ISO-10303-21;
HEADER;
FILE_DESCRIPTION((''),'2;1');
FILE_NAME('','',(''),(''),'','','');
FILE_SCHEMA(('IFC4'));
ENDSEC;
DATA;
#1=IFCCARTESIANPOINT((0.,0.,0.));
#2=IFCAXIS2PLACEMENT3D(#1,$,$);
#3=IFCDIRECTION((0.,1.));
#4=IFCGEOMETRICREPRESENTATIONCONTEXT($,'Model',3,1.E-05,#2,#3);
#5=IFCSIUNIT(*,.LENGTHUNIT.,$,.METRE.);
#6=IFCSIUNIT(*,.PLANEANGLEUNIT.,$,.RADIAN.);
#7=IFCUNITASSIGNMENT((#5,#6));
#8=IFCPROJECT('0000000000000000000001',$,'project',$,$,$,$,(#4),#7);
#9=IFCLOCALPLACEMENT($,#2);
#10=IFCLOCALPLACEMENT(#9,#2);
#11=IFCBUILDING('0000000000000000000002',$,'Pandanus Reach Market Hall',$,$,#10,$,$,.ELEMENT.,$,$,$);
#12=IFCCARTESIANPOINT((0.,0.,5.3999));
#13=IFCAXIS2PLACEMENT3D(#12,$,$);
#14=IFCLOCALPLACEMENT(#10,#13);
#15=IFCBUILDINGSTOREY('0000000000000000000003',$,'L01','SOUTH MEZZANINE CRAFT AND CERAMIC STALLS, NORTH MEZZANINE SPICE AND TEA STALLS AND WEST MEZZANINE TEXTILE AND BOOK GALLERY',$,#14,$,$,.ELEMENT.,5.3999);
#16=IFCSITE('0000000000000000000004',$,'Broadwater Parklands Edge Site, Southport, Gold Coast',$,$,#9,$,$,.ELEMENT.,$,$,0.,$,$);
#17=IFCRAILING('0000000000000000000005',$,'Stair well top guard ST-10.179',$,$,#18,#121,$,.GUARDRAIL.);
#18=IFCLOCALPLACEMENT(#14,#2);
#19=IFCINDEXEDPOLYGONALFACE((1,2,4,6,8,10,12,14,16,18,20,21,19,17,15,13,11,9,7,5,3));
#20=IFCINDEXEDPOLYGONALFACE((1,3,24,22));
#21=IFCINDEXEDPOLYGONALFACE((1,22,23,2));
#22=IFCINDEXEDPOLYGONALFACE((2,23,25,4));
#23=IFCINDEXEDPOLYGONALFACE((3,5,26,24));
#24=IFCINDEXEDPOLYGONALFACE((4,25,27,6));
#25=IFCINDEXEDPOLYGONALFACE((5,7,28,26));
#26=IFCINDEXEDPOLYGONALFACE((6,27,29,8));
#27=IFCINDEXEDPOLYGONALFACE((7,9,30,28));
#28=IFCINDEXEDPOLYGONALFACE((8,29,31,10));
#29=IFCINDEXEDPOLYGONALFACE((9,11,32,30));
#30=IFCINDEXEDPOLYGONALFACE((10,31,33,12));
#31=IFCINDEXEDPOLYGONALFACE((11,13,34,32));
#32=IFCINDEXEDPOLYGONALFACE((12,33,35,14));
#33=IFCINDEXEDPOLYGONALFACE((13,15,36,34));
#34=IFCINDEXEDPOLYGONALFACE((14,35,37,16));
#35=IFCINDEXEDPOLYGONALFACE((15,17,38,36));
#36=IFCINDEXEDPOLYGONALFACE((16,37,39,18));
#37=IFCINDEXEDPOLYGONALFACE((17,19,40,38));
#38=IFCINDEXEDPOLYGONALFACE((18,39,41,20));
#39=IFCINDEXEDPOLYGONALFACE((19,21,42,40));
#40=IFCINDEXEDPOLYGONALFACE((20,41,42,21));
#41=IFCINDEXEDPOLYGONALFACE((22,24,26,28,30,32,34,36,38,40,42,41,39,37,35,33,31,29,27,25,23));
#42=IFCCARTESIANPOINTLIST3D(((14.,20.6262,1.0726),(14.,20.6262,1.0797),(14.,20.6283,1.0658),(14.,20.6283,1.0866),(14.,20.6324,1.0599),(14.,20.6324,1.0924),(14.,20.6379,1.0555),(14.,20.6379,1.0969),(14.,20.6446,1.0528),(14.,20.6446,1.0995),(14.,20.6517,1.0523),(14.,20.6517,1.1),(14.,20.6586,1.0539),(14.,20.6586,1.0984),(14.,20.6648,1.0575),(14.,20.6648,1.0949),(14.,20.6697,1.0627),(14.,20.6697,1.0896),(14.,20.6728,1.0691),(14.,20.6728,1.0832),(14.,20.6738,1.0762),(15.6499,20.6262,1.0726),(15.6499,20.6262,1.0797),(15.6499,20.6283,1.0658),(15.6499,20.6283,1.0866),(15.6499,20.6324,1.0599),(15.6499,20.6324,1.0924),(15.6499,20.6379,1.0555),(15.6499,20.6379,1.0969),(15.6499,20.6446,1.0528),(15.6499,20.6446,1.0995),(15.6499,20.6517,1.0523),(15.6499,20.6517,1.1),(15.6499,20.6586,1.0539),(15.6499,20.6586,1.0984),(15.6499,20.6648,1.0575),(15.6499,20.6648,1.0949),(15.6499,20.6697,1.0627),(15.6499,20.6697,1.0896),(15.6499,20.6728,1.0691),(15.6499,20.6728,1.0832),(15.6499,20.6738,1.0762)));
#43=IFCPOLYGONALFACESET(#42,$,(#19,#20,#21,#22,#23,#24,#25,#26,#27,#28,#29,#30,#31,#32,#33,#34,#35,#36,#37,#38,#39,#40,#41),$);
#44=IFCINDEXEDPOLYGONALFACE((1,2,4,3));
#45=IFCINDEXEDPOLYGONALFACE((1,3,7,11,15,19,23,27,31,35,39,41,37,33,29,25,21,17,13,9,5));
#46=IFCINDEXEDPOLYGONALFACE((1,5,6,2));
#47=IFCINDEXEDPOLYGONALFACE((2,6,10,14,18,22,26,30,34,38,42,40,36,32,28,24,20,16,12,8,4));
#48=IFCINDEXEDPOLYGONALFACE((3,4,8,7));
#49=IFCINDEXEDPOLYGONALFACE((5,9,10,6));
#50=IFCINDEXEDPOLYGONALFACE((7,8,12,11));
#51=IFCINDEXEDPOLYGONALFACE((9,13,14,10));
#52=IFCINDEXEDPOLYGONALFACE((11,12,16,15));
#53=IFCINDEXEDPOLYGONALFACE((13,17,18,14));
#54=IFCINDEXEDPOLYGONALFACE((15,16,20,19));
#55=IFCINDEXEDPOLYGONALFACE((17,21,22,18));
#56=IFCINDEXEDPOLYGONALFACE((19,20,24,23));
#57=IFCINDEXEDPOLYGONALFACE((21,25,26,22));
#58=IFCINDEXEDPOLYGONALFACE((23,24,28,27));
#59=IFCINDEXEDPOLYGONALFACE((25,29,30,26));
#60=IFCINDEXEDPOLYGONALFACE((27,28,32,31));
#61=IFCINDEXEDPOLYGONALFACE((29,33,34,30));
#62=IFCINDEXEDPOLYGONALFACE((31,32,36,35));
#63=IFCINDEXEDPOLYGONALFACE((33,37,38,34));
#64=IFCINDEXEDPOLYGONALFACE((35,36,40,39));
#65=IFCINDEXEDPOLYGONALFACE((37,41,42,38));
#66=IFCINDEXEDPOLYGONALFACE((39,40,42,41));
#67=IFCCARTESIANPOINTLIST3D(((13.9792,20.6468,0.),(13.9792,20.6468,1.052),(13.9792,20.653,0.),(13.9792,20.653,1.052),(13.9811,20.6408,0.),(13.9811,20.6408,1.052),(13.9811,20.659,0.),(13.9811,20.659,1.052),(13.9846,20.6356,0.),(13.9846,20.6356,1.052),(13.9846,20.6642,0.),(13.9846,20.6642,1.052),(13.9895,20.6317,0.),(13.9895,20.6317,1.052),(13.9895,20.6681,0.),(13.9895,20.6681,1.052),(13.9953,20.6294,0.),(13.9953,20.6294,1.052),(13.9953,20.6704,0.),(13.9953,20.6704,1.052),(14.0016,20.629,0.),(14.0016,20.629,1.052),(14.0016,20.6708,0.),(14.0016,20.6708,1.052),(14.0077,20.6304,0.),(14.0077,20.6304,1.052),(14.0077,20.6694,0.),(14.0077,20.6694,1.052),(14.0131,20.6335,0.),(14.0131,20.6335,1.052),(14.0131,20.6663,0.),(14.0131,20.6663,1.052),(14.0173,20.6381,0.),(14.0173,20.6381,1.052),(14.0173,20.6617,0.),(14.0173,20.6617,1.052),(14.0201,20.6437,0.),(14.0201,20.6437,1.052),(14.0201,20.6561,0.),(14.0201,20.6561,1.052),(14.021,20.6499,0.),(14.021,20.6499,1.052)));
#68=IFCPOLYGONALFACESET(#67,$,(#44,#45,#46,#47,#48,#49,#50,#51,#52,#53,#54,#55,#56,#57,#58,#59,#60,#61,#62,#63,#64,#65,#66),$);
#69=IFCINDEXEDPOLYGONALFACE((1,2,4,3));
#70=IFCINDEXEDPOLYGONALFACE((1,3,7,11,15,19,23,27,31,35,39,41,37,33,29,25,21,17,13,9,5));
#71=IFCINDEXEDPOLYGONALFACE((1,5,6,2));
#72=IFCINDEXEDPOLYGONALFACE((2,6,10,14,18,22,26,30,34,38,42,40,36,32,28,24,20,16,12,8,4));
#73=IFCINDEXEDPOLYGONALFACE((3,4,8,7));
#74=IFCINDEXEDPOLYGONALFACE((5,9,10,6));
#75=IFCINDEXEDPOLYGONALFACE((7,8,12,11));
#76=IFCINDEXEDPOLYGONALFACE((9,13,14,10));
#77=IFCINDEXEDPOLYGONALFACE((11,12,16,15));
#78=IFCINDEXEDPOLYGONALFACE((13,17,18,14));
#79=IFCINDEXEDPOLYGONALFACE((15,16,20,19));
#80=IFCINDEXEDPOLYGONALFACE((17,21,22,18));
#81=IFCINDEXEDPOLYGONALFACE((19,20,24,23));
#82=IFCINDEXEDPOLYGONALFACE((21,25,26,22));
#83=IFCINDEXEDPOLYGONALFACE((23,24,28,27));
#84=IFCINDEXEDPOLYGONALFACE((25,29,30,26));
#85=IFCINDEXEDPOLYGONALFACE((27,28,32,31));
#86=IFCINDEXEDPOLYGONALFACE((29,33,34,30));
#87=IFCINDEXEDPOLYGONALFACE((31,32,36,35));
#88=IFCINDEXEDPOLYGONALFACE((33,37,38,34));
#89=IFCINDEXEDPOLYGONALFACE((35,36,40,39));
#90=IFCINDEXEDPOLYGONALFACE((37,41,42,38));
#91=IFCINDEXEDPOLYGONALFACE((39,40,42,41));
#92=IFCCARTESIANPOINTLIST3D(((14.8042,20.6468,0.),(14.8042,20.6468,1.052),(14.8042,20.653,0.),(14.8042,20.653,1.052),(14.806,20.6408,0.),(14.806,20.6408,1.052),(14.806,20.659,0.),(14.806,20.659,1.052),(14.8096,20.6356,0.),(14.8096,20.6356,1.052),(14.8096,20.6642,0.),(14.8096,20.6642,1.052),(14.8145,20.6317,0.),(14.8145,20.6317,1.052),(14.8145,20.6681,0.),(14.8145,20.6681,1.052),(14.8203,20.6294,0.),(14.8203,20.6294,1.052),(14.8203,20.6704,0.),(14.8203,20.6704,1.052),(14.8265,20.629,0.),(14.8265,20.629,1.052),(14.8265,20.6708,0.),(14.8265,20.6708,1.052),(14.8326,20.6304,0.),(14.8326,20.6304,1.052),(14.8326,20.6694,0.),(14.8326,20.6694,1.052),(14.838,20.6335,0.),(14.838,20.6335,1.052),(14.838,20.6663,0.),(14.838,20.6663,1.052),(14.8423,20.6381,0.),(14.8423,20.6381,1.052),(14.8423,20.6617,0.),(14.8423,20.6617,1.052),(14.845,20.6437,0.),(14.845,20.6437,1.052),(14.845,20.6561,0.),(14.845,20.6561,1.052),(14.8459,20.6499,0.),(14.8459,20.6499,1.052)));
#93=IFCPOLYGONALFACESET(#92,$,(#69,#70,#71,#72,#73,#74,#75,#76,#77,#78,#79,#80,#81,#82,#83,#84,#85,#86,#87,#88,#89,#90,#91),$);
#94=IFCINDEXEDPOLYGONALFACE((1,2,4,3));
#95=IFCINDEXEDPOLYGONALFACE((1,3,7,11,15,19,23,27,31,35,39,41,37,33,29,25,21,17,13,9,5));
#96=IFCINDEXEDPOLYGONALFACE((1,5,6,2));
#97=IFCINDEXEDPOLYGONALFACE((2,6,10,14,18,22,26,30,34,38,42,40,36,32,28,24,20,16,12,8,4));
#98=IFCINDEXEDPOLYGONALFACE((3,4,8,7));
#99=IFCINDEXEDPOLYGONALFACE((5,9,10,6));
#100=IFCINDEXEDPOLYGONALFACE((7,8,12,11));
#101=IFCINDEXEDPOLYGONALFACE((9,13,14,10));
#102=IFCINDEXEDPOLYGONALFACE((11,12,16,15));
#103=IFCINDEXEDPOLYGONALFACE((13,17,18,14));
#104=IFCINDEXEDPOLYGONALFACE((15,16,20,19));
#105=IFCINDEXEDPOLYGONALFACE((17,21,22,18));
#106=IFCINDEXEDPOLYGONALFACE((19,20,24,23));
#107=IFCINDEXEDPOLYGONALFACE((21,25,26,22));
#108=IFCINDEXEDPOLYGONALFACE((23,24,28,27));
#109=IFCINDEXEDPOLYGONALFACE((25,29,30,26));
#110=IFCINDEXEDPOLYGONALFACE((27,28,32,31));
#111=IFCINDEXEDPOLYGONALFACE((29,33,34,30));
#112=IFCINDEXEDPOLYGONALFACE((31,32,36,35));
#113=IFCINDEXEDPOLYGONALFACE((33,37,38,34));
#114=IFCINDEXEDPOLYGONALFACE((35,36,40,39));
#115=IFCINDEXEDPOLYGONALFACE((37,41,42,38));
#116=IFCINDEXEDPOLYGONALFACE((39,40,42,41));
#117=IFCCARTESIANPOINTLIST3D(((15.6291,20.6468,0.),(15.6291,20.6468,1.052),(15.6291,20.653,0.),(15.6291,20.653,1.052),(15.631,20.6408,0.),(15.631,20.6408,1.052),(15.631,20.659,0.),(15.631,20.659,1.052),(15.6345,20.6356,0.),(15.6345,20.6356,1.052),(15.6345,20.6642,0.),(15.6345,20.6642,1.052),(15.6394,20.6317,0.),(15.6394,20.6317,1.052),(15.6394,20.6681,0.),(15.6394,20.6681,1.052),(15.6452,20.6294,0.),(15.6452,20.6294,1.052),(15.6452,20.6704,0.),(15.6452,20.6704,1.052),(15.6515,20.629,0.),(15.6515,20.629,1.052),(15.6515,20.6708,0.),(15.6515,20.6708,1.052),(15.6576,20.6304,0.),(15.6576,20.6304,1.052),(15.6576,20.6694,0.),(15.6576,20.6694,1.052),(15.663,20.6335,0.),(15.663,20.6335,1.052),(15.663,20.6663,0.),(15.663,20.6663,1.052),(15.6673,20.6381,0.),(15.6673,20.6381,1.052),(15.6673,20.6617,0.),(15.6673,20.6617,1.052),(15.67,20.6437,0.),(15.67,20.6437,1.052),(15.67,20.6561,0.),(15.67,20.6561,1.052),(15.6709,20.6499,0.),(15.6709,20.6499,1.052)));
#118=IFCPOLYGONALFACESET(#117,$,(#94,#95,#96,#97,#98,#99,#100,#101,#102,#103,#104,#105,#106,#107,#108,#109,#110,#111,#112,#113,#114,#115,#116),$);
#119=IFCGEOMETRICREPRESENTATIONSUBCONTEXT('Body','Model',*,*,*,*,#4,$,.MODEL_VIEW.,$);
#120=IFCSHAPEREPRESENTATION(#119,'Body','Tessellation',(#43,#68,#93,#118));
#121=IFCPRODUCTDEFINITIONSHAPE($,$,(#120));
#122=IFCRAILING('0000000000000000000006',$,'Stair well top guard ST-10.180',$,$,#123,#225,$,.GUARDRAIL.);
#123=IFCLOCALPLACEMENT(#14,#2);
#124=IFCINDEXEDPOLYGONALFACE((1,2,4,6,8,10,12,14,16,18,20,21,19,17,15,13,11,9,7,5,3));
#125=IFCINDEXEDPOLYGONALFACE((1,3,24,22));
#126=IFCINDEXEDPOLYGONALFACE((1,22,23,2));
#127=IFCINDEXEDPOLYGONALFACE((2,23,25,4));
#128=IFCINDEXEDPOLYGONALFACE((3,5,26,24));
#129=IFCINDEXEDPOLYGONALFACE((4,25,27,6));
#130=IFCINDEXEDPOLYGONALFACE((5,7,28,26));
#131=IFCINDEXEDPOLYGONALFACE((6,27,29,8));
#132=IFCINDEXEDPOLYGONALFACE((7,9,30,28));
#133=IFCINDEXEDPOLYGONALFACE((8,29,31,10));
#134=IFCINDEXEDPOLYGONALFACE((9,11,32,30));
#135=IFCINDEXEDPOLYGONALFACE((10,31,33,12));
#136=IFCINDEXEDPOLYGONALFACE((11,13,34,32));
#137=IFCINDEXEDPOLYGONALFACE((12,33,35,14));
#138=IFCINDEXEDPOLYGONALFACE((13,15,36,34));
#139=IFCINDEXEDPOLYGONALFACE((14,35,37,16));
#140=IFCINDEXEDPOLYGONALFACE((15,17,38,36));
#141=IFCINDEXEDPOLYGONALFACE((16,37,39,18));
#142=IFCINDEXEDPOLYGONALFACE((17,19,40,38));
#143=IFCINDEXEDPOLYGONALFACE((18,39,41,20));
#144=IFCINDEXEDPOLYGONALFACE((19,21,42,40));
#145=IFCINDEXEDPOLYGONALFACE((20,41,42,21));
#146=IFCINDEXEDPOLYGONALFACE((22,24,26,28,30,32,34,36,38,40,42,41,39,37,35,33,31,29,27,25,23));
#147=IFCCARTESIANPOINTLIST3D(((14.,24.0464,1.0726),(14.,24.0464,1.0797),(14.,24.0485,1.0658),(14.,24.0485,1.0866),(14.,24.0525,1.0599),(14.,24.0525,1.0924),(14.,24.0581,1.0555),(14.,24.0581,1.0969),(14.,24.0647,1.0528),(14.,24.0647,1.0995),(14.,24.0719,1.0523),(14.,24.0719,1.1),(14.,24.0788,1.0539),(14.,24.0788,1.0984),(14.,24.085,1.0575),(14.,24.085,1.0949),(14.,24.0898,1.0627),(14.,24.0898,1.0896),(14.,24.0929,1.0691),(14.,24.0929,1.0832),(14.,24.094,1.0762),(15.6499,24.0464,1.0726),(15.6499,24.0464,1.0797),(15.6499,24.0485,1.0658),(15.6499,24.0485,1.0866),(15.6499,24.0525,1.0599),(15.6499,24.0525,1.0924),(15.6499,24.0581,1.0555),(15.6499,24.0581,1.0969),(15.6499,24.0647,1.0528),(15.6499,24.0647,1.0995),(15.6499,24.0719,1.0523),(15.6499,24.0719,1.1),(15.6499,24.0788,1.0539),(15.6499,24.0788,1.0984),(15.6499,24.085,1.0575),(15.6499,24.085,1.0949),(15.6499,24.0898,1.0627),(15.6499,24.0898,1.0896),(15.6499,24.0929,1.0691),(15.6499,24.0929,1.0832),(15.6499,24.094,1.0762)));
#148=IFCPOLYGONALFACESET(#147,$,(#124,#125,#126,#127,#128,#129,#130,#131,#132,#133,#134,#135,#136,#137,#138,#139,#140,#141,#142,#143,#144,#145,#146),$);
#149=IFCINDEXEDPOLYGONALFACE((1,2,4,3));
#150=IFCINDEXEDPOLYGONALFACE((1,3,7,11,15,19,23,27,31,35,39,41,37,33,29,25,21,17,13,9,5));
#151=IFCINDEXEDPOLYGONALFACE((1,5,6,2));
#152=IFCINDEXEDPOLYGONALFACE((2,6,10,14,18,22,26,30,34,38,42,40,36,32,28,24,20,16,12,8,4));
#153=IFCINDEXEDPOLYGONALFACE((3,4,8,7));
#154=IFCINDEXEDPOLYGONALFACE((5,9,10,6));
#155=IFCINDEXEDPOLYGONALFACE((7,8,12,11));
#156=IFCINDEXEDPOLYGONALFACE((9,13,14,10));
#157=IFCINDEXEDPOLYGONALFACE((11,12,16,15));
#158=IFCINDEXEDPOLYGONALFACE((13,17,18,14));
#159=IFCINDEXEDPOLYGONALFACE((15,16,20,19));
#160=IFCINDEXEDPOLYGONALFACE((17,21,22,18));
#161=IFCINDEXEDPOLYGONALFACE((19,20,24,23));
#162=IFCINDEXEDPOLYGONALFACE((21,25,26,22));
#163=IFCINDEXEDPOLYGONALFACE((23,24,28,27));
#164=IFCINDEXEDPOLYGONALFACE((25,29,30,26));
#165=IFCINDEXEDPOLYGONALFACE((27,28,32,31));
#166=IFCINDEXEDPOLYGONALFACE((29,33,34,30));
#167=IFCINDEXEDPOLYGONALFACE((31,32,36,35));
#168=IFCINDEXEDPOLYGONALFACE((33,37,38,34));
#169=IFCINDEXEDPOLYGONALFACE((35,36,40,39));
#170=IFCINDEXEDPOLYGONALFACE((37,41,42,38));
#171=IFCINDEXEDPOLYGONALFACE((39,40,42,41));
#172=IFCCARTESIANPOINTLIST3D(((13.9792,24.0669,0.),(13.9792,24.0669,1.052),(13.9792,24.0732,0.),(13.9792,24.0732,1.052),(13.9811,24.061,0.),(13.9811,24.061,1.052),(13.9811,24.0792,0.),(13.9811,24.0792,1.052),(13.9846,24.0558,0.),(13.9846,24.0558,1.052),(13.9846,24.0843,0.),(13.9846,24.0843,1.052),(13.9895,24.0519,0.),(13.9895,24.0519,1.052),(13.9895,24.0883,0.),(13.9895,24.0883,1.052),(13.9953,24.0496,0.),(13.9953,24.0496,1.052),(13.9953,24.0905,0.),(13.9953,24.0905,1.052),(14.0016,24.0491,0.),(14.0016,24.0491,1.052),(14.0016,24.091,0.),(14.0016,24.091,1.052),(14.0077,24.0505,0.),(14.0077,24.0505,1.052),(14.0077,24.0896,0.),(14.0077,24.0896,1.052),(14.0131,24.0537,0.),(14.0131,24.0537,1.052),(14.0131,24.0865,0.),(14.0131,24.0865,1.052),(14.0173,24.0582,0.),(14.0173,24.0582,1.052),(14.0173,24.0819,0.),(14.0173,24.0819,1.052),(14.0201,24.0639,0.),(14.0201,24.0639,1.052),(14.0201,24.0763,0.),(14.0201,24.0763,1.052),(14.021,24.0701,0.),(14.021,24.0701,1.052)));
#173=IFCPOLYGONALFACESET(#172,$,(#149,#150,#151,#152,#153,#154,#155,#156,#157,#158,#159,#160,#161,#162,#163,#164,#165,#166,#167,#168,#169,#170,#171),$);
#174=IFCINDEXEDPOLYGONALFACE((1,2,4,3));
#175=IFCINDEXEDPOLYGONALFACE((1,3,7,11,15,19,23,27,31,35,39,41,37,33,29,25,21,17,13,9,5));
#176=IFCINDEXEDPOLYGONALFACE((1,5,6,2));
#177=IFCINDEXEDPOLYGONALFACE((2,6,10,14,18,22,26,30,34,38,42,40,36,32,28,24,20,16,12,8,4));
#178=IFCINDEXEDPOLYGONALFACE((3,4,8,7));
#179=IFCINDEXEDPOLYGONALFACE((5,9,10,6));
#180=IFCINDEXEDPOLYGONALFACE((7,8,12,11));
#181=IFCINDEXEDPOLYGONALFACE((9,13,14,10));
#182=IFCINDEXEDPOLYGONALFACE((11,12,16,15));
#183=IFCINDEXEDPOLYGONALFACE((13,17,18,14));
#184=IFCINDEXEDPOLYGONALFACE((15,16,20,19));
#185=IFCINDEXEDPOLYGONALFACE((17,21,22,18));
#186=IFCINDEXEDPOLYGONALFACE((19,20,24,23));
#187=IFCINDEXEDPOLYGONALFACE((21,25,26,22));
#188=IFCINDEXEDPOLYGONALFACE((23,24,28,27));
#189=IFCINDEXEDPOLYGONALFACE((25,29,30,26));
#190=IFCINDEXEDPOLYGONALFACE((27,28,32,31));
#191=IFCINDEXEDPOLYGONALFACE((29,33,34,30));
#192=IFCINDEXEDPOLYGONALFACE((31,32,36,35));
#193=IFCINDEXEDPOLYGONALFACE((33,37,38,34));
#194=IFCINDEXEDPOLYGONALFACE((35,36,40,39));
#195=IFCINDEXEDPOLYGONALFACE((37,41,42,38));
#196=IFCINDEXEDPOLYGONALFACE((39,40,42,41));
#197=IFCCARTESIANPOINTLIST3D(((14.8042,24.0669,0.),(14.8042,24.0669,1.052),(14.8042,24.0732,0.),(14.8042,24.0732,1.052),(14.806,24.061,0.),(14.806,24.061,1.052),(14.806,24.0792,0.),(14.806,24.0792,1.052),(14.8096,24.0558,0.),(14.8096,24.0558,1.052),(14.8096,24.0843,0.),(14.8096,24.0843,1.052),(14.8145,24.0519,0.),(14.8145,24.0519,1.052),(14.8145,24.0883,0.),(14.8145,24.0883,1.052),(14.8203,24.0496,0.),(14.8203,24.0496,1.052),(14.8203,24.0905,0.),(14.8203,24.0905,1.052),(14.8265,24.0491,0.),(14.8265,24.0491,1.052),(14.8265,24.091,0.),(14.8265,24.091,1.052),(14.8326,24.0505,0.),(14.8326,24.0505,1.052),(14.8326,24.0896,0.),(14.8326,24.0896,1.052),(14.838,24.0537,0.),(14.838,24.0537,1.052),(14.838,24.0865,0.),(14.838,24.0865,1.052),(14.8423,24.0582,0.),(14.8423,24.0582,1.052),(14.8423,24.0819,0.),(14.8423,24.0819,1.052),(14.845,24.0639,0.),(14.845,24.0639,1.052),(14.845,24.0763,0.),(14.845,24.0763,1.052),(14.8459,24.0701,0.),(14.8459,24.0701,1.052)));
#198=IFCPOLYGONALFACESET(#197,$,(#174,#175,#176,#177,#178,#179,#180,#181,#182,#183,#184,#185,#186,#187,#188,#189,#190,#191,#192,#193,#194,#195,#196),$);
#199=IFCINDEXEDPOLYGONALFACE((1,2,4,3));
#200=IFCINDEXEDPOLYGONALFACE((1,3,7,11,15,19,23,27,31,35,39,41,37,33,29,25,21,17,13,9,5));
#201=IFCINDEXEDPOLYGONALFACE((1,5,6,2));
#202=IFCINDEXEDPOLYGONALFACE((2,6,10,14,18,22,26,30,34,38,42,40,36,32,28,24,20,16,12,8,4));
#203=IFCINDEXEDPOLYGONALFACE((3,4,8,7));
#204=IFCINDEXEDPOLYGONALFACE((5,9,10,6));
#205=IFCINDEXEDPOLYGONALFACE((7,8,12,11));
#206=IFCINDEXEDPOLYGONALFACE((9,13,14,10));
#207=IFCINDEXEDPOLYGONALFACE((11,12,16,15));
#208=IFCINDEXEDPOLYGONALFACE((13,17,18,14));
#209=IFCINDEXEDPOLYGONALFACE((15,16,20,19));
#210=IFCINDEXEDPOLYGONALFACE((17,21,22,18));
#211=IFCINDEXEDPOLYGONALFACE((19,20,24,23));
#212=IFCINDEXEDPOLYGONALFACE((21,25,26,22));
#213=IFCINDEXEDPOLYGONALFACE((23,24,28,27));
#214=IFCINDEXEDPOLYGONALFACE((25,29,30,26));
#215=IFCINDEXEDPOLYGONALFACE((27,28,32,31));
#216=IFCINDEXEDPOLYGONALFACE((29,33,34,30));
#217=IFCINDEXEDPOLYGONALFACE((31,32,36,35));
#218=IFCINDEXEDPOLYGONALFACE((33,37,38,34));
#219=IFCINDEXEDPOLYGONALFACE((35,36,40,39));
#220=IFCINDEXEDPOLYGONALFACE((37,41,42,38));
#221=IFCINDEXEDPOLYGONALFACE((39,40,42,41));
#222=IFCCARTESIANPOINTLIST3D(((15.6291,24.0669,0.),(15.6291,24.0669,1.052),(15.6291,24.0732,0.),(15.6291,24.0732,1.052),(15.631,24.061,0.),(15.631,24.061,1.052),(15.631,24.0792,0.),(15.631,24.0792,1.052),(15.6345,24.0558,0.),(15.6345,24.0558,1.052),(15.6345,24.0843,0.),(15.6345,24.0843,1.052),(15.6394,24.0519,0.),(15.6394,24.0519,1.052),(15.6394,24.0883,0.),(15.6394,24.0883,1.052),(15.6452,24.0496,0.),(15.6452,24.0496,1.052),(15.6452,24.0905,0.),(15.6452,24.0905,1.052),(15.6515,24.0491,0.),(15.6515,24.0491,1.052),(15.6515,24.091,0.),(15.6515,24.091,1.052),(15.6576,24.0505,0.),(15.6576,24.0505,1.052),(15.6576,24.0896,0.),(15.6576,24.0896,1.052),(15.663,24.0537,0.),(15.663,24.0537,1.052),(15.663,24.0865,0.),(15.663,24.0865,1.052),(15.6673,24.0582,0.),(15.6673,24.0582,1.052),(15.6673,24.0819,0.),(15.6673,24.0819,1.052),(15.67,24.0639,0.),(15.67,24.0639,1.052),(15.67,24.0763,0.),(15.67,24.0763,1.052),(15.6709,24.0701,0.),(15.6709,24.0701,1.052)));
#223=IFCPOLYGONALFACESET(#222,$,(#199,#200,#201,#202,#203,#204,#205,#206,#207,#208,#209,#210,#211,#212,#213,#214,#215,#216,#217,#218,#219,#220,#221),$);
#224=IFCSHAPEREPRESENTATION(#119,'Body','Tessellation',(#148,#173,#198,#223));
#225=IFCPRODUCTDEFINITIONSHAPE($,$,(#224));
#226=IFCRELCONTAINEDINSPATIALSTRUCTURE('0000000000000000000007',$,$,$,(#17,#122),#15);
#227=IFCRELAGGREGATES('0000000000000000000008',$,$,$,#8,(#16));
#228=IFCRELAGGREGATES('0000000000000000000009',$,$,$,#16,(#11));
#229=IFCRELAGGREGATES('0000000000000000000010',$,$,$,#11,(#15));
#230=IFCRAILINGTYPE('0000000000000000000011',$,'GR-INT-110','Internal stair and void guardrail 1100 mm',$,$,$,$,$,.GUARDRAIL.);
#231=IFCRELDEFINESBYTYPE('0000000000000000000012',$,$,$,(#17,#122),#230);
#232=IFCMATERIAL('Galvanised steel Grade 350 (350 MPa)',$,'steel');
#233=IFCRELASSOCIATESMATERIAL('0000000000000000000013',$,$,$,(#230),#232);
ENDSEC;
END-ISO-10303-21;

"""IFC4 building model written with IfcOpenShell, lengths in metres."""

from ifc_helpers import new_model, si_unit, direction, frame, origin, origin_2d, place, context, subcontext, project, spatial, circle, extrude, material, type_object, element, save


model = new_model("IFC4")

# Units and contexts
model_context = context("Model", 3, precision=1e-05, world=origin(), true_north=direction((0.0, 1.0)))
body_context = subcontext(model_context, "Body", "Model", "MODEL_VIEW")
ifc_project = project(units=[si_unit("LENGTHUNIT", "METRE"), si_unit("PLANEANGLEUNIT", "RADIAN")], contexts=[model_context])

# Site, building, storey
site_placement = place(None, origin())
site = spatial("IfcSite", under=ifc_project, at=site_placement, Name="Broadwater Parklands Edge Site, Southport, Gold Coast", CompositionType="ELEMENT", RefElevation=0.0)
building_placement = place(site_placement, origin())
building = spatial("IfcBuilding", under=site, at=building_placement, Name="Pandanus Reach Market Hall", CompositionType="ELEMENT")
storey_placement = place(building_placement, frame((0.0, 0.0, 5.3999)))
storey = spatial("IfcBuildingStorey", under=building, at=storey_placement, Name="L01", Description="SOUTH MEZZANINE CRAFT AND CERAMIC STALLS, NORTH MEZZANINE SPICE AND TEA STALLS AND WEST MEZZANINE TEXTILE AND BOOK GALLERY", CompositionType="ELEMENT", Elevation=5.3999)

# Railings
ifc_material_1 = material(Name="Galvanised steel Grade 350 (350 MPa)", Category="steel")
railing_type = type_object("IfcRailingType", Name="GR-INT-110", Description="Internal stair and void guardrail 1100 mm", PredefinedType="GUARDRAIL", material=ifc_material_1)
for number, where, name in (
    (1, (14.0, 20.6499, 0.0), "Stair well top guard ST-10.179"),
    (2, (14.0, 24.0701, 0.0), "Stair well top guard ST-10.180"),
):
    element("IfcRailing", number, at=place(storey_placement, frame(where)), inside=storey, type_object=railing_type, Name=name, PredefinedType="GUARDRAIL", context=body_context, shape_type="SweptSolid", body=[
        extrude(circle(Radius=0.0239, at=origin_2d()), frame((0.0, 0.0, 1.0762), z_axis=(1.0, 0.0, 0.0), x_axis=(0.0, 1.0, 0.0)), (0.0, 0.0, 1.0), 1.6499),
        extrude(circle(Radius=0.021, at=origin_2d()), origin(), (0.0, 0.0, 1.0), 1.052),
        extrude(circle(Radius=0.021, at=origin_2d()), frame((0.825, 0.0, 0.0)), (0.0, 0.0, 1.0), 1.052),
        extrude(circle(Radius=0.021, at=origin_2d()), frame((1.6499, 0.0, 0.0)), (0.0, 0.0, 1.0), 1.052),
    ])

save(model, "model.ifc")
